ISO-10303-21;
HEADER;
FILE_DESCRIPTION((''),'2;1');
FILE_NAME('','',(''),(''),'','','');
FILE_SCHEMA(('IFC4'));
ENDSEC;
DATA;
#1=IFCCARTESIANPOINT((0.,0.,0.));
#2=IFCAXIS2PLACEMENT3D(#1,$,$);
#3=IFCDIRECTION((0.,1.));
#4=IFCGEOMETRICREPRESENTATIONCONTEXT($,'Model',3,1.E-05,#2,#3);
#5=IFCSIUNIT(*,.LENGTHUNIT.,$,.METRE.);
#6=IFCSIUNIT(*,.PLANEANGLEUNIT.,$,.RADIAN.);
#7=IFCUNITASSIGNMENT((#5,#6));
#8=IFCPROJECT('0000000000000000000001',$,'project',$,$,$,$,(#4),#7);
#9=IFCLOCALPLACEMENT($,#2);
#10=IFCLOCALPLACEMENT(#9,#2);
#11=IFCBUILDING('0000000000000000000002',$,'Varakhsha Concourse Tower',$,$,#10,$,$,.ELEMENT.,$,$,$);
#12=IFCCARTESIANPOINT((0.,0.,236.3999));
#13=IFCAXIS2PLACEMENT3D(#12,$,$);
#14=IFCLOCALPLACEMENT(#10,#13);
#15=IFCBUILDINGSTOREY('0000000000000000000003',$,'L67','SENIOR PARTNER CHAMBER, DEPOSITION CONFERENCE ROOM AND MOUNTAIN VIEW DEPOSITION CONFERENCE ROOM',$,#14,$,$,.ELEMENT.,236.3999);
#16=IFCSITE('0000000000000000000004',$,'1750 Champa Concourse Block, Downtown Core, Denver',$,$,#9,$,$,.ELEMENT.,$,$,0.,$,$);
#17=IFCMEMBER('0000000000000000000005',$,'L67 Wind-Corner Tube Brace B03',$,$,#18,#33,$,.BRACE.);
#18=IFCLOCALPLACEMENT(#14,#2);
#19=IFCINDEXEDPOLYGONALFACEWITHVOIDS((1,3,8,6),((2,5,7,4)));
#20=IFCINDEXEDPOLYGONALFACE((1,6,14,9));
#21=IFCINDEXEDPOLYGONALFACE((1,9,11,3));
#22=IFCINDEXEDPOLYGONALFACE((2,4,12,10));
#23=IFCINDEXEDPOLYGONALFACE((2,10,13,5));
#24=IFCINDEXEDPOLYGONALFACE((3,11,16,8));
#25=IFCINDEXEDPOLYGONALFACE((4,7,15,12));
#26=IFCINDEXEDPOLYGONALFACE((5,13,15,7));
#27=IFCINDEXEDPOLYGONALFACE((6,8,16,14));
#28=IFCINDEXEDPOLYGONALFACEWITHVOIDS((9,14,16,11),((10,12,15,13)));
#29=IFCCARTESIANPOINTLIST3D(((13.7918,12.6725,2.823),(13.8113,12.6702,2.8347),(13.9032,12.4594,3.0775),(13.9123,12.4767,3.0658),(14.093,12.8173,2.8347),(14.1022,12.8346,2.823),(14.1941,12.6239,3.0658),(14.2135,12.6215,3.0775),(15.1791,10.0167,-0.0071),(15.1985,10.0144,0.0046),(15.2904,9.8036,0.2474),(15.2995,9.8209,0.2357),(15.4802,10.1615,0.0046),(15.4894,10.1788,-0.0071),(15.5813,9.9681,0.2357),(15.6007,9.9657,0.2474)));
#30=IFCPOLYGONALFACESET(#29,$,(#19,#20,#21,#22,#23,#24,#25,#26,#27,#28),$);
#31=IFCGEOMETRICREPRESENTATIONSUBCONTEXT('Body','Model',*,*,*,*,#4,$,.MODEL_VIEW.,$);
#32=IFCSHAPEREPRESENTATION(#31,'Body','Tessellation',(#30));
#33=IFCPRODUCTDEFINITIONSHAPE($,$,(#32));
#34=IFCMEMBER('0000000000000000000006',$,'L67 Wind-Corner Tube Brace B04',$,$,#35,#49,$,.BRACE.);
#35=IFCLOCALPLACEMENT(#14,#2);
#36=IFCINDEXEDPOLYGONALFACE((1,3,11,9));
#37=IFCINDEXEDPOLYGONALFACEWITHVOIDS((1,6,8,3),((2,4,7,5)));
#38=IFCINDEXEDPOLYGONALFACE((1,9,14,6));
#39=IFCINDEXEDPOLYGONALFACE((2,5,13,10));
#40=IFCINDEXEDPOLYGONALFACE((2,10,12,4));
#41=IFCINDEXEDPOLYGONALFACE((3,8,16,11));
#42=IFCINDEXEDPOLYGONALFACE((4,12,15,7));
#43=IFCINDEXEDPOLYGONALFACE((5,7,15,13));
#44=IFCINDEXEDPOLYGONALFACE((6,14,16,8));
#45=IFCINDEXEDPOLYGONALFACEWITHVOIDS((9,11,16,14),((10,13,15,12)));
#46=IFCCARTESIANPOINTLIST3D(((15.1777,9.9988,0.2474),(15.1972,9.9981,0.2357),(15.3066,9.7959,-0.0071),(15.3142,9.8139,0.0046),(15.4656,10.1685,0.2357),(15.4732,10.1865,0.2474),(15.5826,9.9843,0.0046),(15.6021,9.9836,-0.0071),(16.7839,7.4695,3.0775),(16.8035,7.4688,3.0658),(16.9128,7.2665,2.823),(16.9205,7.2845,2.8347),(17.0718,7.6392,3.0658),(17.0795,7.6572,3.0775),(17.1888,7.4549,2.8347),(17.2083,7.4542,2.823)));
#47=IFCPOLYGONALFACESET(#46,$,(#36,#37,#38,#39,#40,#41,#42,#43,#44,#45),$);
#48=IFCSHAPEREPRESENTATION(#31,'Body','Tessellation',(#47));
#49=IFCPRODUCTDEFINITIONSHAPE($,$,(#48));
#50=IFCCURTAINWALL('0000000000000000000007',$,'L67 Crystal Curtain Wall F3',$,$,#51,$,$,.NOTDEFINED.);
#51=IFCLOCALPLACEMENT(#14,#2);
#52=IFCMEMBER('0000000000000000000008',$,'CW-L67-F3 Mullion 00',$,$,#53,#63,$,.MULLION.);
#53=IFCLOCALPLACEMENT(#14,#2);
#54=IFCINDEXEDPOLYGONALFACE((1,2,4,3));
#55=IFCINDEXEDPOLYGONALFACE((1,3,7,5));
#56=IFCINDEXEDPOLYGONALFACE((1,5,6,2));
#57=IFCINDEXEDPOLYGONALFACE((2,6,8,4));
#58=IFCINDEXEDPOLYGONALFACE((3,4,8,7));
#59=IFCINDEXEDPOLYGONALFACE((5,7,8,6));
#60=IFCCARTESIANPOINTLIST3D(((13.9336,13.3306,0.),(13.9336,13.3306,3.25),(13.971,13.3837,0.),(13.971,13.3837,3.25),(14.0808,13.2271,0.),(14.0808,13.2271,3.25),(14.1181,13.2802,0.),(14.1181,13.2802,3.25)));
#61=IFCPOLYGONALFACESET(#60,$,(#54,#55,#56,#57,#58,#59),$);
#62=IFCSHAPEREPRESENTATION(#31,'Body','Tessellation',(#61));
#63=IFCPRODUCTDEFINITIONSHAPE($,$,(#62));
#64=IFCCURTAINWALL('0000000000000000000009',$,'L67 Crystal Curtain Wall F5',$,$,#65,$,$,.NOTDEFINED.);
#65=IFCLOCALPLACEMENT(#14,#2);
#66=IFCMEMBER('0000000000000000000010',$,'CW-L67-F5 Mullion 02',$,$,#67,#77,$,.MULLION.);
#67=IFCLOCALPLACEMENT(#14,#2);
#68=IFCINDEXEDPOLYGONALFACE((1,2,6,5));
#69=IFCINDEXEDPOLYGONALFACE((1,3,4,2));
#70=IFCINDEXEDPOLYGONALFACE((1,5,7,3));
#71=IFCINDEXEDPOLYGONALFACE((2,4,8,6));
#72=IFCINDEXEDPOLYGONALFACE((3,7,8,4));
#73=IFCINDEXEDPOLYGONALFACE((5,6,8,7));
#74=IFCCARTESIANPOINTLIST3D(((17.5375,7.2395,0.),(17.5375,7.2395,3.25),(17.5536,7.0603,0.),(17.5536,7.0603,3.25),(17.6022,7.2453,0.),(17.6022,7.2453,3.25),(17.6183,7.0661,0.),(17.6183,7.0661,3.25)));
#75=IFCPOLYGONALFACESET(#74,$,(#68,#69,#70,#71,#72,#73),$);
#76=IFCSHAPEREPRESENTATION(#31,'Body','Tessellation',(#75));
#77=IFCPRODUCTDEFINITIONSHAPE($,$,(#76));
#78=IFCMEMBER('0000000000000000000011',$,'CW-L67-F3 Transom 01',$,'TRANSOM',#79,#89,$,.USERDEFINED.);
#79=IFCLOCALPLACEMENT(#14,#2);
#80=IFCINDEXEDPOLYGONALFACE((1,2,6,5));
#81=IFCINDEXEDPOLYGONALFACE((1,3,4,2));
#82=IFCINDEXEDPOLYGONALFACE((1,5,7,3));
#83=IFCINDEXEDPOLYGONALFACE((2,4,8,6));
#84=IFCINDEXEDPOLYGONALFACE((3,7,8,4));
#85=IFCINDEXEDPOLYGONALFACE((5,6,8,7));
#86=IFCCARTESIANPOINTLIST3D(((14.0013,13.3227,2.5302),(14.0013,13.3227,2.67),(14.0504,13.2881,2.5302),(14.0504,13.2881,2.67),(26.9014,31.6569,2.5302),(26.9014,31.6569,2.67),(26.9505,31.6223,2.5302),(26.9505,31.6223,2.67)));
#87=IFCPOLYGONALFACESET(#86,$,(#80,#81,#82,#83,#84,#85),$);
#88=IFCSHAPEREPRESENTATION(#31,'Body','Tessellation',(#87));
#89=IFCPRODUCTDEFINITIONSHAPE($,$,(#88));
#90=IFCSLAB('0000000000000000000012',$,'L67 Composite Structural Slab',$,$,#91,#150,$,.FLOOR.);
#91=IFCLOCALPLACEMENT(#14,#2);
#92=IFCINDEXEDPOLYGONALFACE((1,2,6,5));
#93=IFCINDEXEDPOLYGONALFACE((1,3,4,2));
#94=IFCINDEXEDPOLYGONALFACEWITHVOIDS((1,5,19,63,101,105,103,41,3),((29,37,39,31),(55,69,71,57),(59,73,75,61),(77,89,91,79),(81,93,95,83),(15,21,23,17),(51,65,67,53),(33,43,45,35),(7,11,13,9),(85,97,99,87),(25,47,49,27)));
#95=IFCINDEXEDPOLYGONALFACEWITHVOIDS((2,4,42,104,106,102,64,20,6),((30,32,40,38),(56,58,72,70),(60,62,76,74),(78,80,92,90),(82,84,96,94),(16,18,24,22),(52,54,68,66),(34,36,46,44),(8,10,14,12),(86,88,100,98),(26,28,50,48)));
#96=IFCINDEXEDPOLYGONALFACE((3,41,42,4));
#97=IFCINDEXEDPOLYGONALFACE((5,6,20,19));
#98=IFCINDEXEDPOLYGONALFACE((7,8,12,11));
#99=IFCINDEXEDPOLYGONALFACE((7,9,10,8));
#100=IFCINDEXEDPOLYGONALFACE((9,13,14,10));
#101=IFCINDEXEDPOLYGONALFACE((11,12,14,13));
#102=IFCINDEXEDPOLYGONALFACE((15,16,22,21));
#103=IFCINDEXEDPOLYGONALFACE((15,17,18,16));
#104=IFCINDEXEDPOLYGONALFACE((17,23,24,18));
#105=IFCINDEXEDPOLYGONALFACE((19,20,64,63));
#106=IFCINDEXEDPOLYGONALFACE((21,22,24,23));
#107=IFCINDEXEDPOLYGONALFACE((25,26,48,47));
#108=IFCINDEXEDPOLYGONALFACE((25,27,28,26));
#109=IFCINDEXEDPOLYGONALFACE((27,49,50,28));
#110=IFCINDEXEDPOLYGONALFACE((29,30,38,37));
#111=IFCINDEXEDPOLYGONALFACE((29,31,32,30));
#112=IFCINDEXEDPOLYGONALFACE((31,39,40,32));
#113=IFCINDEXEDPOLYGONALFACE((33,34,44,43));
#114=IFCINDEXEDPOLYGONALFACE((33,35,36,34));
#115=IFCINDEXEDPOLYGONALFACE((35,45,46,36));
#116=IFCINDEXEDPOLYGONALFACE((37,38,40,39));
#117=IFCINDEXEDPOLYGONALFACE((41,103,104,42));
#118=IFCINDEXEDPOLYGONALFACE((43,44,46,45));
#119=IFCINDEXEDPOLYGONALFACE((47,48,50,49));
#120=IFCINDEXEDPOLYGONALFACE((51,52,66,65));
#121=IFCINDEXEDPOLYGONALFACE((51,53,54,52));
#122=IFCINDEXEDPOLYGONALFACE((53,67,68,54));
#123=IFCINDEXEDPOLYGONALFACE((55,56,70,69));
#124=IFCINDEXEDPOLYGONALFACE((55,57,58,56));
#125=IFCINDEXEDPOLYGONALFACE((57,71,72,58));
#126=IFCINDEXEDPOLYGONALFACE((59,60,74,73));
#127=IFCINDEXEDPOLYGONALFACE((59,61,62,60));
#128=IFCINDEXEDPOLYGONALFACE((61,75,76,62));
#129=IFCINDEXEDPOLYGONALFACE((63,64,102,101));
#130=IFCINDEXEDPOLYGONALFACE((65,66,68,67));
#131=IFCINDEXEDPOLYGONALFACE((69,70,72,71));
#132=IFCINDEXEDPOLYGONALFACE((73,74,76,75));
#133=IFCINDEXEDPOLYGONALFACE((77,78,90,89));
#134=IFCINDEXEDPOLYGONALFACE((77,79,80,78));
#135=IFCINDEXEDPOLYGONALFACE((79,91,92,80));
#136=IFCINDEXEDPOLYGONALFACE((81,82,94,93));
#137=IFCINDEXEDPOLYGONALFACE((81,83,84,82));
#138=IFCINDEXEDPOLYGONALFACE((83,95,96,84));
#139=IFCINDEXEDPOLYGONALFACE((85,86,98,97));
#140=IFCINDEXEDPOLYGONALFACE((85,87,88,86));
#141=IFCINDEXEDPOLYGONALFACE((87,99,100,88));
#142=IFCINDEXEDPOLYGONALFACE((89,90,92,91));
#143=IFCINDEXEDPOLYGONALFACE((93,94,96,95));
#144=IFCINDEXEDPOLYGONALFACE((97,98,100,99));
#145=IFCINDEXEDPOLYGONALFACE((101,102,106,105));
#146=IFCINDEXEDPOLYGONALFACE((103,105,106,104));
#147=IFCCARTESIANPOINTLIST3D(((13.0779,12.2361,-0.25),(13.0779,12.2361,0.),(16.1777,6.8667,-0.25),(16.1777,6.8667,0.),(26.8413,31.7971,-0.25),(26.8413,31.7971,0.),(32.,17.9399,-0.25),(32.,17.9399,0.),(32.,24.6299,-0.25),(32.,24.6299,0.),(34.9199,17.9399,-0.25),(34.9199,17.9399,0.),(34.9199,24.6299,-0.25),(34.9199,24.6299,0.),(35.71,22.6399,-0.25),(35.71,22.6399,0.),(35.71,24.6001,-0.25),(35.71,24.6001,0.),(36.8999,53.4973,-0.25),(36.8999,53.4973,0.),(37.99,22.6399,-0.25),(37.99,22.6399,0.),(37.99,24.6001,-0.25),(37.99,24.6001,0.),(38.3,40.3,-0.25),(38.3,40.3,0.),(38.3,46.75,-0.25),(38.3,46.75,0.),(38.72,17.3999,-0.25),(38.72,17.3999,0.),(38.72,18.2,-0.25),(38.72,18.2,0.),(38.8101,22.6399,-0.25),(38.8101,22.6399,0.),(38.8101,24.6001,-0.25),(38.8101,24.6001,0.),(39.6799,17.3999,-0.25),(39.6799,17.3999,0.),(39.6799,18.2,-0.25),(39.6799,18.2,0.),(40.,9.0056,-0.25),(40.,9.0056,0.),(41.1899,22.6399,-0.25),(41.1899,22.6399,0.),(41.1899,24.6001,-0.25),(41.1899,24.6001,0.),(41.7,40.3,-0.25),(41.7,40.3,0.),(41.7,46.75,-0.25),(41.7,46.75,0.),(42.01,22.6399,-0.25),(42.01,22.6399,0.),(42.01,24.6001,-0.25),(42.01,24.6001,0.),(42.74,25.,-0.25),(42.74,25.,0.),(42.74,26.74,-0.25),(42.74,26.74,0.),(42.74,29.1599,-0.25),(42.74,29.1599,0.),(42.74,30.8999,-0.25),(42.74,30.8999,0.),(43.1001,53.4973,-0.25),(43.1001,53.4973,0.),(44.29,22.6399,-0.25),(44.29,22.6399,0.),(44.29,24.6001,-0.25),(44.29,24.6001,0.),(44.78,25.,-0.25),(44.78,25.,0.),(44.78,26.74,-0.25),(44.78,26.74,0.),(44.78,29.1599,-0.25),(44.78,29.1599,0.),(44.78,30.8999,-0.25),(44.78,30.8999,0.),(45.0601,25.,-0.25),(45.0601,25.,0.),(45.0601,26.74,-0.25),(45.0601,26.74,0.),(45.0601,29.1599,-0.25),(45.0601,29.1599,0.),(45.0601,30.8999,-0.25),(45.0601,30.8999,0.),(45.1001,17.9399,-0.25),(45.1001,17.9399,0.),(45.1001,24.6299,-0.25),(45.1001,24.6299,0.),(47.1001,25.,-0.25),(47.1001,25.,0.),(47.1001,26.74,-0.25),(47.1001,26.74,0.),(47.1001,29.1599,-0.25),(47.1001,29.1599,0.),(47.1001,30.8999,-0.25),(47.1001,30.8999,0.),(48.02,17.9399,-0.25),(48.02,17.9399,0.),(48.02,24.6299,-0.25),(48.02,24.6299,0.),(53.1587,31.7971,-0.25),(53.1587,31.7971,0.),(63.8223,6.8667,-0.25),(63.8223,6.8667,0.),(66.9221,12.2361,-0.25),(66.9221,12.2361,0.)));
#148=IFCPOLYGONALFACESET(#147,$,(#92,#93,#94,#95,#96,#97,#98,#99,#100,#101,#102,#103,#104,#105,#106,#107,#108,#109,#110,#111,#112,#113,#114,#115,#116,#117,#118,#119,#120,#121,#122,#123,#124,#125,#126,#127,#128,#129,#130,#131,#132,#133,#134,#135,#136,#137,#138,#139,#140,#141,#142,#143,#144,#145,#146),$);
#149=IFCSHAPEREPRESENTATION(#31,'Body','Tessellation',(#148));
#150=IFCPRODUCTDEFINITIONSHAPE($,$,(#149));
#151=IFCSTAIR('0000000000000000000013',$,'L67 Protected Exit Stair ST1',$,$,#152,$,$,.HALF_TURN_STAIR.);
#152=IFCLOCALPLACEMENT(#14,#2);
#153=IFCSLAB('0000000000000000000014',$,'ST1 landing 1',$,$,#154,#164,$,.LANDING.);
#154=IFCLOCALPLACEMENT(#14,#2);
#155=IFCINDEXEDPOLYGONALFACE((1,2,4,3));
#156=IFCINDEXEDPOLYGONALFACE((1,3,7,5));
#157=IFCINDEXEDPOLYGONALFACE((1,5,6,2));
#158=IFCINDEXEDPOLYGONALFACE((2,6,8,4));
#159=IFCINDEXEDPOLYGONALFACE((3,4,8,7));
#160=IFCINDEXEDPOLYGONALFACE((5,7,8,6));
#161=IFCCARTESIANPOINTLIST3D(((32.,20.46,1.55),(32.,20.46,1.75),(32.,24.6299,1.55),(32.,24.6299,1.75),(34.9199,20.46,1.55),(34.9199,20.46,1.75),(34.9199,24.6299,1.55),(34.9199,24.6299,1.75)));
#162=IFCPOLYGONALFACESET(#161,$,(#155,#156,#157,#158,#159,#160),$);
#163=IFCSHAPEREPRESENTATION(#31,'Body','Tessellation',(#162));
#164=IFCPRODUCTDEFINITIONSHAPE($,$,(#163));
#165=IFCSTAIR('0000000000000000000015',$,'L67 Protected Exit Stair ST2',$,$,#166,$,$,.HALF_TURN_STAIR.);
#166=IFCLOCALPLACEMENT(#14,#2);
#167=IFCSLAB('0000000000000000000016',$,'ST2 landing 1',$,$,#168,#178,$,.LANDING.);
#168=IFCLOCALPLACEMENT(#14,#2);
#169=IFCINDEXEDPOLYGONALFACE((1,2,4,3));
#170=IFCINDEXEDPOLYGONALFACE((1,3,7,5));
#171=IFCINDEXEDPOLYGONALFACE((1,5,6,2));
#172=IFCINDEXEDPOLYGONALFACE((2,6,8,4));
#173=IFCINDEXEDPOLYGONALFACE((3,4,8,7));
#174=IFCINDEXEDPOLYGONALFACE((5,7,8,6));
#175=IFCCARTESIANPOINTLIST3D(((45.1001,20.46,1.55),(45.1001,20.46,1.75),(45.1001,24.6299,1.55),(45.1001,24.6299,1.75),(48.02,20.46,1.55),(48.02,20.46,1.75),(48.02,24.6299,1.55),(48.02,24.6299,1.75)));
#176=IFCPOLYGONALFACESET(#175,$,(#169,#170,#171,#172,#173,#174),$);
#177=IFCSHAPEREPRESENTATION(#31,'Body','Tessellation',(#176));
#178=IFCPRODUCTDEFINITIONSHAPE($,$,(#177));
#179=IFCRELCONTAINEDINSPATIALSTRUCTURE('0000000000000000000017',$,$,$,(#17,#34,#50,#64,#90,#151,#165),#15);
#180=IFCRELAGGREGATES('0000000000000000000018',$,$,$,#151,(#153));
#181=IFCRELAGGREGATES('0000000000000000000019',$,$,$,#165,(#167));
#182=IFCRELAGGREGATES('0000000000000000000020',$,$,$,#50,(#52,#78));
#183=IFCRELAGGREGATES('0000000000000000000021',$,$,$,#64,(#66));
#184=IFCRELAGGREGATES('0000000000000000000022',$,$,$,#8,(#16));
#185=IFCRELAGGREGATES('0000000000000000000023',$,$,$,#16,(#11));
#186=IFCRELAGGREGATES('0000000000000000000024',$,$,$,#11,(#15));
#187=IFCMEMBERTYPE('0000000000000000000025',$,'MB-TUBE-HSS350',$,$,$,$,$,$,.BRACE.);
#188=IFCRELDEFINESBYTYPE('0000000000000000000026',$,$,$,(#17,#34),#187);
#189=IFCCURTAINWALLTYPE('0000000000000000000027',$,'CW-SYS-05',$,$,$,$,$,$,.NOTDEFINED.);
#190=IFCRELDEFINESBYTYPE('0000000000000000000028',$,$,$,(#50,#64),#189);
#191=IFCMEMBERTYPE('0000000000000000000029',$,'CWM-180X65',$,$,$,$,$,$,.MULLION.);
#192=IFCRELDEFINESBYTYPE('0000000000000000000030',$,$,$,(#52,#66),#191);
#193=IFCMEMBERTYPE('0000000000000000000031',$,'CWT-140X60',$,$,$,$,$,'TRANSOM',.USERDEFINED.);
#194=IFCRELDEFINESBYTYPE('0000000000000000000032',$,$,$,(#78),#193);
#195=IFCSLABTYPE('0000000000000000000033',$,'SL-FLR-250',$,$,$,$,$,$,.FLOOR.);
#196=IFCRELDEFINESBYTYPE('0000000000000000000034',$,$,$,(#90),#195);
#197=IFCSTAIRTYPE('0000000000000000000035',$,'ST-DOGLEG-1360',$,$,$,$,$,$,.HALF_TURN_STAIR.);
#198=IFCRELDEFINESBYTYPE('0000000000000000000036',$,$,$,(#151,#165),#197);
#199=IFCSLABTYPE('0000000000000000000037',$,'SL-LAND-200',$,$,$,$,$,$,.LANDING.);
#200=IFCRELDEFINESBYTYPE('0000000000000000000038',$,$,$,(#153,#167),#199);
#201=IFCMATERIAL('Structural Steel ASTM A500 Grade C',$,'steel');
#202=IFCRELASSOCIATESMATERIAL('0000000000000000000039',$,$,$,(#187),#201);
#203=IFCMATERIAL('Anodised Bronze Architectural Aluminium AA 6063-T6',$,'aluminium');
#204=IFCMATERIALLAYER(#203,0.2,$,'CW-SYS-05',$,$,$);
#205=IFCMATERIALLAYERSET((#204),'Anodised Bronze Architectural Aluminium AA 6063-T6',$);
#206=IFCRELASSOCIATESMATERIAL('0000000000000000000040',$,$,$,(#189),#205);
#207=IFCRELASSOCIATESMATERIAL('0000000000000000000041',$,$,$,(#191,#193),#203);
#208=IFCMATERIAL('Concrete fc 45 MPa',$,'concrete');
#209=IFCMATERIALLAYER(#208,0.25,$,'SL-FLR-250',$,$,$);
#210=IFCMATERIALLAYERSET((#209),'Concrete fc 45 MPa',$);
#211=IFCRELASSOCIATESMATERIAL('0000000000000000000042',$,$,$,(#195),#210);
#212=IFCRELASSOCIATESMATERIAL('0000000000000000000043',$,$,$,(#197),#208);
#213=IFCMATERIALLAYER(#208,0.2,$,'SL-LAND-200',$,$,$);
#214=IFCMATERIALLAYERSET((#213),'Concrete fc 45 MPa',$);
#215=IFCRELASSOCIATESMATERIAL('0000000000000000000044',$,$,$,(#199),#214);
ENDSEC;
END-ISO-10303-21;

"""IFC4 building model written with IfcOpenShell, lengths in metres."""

from ifc_helpers import new_model, si_unit, direction, frame, origin, origin_2d, place, context, subcontext, project, spatial, polyline, rectangle, hollow_rectangle, outline, extrude, source, transform, mapped, material, layer, layer_set, material_profile, profile_set, type_object, type_shapes, element, aggregate, save


model = new_model("IFC4")

# Units and contexts
model_context = context("Model", 3, precision=1e-05, world=origin(), true_north=direction((0.0, 1.0)))
body_context = subcontext(model_context, "Body", "Model", "MODEL_VIEW")
ifc_project = project(units=[si_unit("LENGTHUNIT", "METRE"), si_unit("PLANEANGLEUNIT", "RADIAN")], contexts=[model_context])

# Site, building, storey
site_placement = place(None, origin())
site = spatial("IfcSite", under=ifc_project, at=site_placement, Name="1750 Champa Concourse Block, Downtown Core, Denver", CompositionType="ELEMENT", RefElevation=0.0)
building_placement = place(site_placement, origin())
building = spatial("IfcBuilding", under=site, at=building_placement, Name="Varakhsha Concourse Tower", CompositionType="ELEMENT")
storey_placement = place(building_placement, frame((0.0, 0.0, 236.3999)))
storey = spatial("IfcBuildingStorey", under=building, at=storey_placement, Name="L67", Description="SENIOR PARTNER CHAMBER, DEPOSITION CONFERENCE ROOM AND MOUNTAIN VIEW DEPOSITION CONFERENCE ROOM", CompositionType="ELEMENT", Elevation=236.3999)

# Members
ifc_material_1 = material(Name="Structural Steel ASTM A500 Grade C", Category="steel")
ifc_material_profile_1 = material_profile(ifc_material_1, hollow_rectangle(XDim=0.3501, YDim=0.3501, WallThickness=0.0161, at=origin_2d()), Name="HSS 350x350x16")
ifc_profile_set_1 = profile_set([ifc_material_profile_1], Name="Structural Steel ASTM A500 Grade C")
member_type_1 = type_object("IfcMemberType", Name="MB-TUBE-HSS350", PredefinedType="BRACE", material=ifc_profile_set_1)
shared_shape_1 = source(origin(), body_context, "Body", "SweptSolid", [
    extrude(hollow_rectangle(XDim=0.3501, YDim=0.3501, WallThickness=0.0161, at=origin_2d()), origin(), (0.0, 0.0, 1.0), 4.1216),
])
type_shapes(member_type_1, [shared_shape_1])
for number, where, z_axis, x_axis, name in (
    (1, (15.3899, 9.9912, 0.1201), (-0.336578, 0.644368, 0.686662), (-0.886367, -0.462984, 0.0), "L67 Wind-Corner Tube Brace B03"),
    (2, (15.3899, 9.9912, 0.1201), (0.389715, -0.613687, 0.686666), (0.844168, 0.536079, 0.0), "L67 Wind-Corner Tube Brace B04"),
):
    element("IfcMember", number, at=place(storey_placement, frame(where, z_axis=z_axis, x_axis=x_axis)), inside=storey, type_object=member_type_1, Name=name, PredefinedType="BRACE", context=body_context, shape_type="MappedRepresentation", body=[
        mapped(shared_shape_1, transform((0.0, 0.0, 0.0), scale=1.0)),
    ])

# Curtain walls, members
ifc_material_2 = material(Name="Anodised Bronze Architectural Aluminium AA 6063-T6", Category="aluminium")
ifc_layer_1 = layer(ifc_material_2, 0.2, Name="CW-SYS-05")
ifc_layer_set_1 = layer_set([ifc_layer_1], Name="Anodised Bronze Architectural Aluminium AA 6063-T6")
curtain_wall_type = type_object("IfcCurtainWallType", Name="CW-SYS-05", PredefinedType="NOTDEFINED", material=ifc_layer_set_1)
curtain_wall_1_placement = place(storey_placement, origin())
curtain_wall_1 = element("IfcCurtainWall", 3, at=curtain_wall_1_placement, inside=storey, type_object=curtain_wall_type, Name="L67 Crystal Curtain Wall F3", PredefinedType="NOTDEFINED")
ifc_material_profile_2 = material_profile(ifc_material_2, rectangle(XDim=0.0649, YDim=0.1799, at=origin_2d()), Name="CWM-180X65")
ifc_profile_set_2 = profile_set([ifc_material_profile_2], Name="Anodised Bronze Architectural Aluminium AA 6063-T6")
member_type_2 = type_object("IfcMemberType", Name="CWM-180X65", PredefinedType="MULLION", material=ifc_profile_set_2)
shared_shape_2 = source(origin(), body_context, "Body", "SweptSolid", [
    extrude(rectangle(XDim=0.0649, YDim=0.1799, at=origin_2d()), origin(), (0.0, 0.0, 1.0), 3.25),
])
type_shapes(member_type_2, [shared_shape_2])
member_1_placement = place(storey_placement, frame((14.0259, 13.3054, 0.0), z_axis=(0.0, 0.0, 1.0), x_axis=(0.575444, 0.817842, 0.0)))
member_1 = element("IfcMember", 4, at=member_1_placement, type_object=member_type_2, Name="CW-L67-F3 Mullion 00", PredefinedType="MULLION", context=body_context, shape_type="MappedRepresentation", body=[
    mapped(shared_shape_2, transform((0.0, 0.0, 0.0), scale=1.0)),
])
curtain_wall_2_placement = place(storey_placement, origin())
curtain_wall_2 = element("IfcCurtainWall", 5, at=curtain_wall_2_placement, inside=storey, type_object=curtain_wall_type, Name="L67 Crystal Curtain Wall F5", PredefinedType="NOTDEFINED")
member_2_placement = place(storey_placement, frame((17.5779, 7.1528, 0.0), z_axis=(0.0, 0.0, 1.0), x_axis=(-0.995993, -0.089433, 0.0)))
member_2 = element("IfcMember", 6, at=member_2_placement, type_object=member_type_2, Name="CW-L67-F5 Mullion 02", PredefinedType="MULLION", context=body_context, shape_type="MappedRepresentation", body=[
    mapped(shared_shape_2, transform((0.0, 0.0, 0.0), scale=1.0)),
])

# Member
ifc_material_profile_3 = material_profile(ifc_material_2, rectangle(XDim=0.0601, YDim=0.1399, at=origin_2d()), Name="CWT-140X60")
ifc_profile_set_3 = profile_set([ifc_material_profile_3], Name="Anodised Bronze Architectural Aluminium AA 6063-T6")
member_type_3 = type_object("IfcMemberType", Name="CWT-140X60", ElementType="TRANSOM", PredefinedType="USERDEFINED", material=ifc_profile_set_3)
shared_shape_3 = source(origin(), body_context, "Body", "SweptSolid", [
    extrude(rectangle(XDim=0.0601, YDim=0.1399, at=origin_2d()), origin(), (0.0, 0.0, 1.0), 22.4177),
])
type_shapes(member_type_3, [shared_shape_3])
member_3_placement = place(storey_placement, frame((14.0259, 13.3054, 2.6001), z_axis=(0.575442, 0.817842, 0.0), x_axis=(-0.817842, 0.575442, 0.0)))
member_3 = element("IfcMember", 7, at=member_3_placement, type_object=member_type_3, Name="CW-L67-F3 Transom 01", ObjectType="TRANSOM", PredefinedType="USERDEFINED", context=body_context, shape_type="MappedRepresentation", body=[
    mapped(shared_shape_3, transform((0.0, 0.0, 0.0), scale=1.0)),
])

# Slab
ifc_material_3 = material(Name="Concrete fc 45 MPa", Category="concrete")
ifc_layer_2 = layer(ifc_material_3, 0.25, Name="SL-FLR-250")
ifc_layer_set_2 = layer_set([ifc_layer_2], Name="Concrete fc 45 MPa")
slab_type_1 = type_object("IfcSlabType", Name="SL-FLR-250", PredefinedType="FLOOR", material=ifc_layer_set_2)
slab_1_placement = place(storey_placement, frame((0.0, 0.0, -0.25)))
element("IfcSlab", 8, at=slab_1_placement, inside=storey, type_object=slab_type_1, Name="L67 Composite Structural Slab", PredefinedType="FLOOR", context=body_context, shape_type="SweptSolid", body=[
    extrude(outline(polyline([(43.1001, 53.4973), (36.8999, 53.4973), (26.8413, 31.7971), (13.0779, 12.2361), (16.1777, 6.8667), (40.0, 9.0056), (63.8223, 6.8667), (66.9221, 12.2361), (53.1587, 31.7971), (43.1001, 53.4973)]), holes=[polyline([(34.9199, 17.9399), (34.9199, 24.6299), (32.0, 24.6299), (32.0, 17.9399), (34.9199, 17.9399)]), polyline([(48.02, 17.9399), (48.02, 24.6299), (45.1001, 24.6299), (45.1001, 17.9399), (48.02, 17.9399)]), polyline([(41.7, 40.3), (41.7, 46.75), (38.3, 46.75), (38.3, 40.3), (41.7, 40.3)]), polyline([(42.74, 29.1599), (44.78, 29.1599), (44.78, 30.8999), (42.74, 30.8999), (42.74, 29.1599)]), polyline([(45.0601, 29.1599), (47.1001, 29.1599), (47.1001, 30.8999), (45.0601, 30.8999), (45.0601, 29.1599)]), polyline([(42.74, 25.0), (44.78, 25.0), (44.78, 26.74), (42.74, 26.74), (42.74, 25.0)]), polyline([(45.0601, 25.0), (47.1001, 25.0), (47.1001, 26.74), (45.0601, 26.74), (45.0601, 25.0)]), polyline([(35.71, 22.6399), (37.99, 22.6399), (37.99, 24.6001), (35.71, 24.6001), (35.71, 22.6399)]), polyline([(42.01, 22.6399), (44.29, 22.6399), (44.29, 24.6001), (42.01, 24.6001), (42.01, 22.6399)]), polyline([(38.8101, 22.6399), (41.1899, 22.6399), (41.1899, 24.6001), (38.8101, 24.6001), (38.8101, 22.6399)]), polyline([(38.72, 17.3999), (39.6799, 17.3999), (39.6799, 18.2), (38.72, 18.2), (38.72, 17.3999)])]), origin(), (0.0, 0.0, 1.0), 0.25),
])

# Stairs, slabs
stair_type_1 = type_object("IfcStairType", Name="ST-DOGLEG-1360", PredefinedType="HALF_TURN_STAIR", material=ifc_material_3)
stair_1_placement = place(storey_placement, origin())
stair_1 = element("IfcStair", 9, at=stair_1_placement, inside=storey, type_object=stair_type_1, Name="L67 Protected Exit Stair ST1", PredefinedType="HALF_TURN_STAIR")
ifc_layer_3 = layer(ifc_material_3, 0.2, Name="SL-LAND-200")
ifc_layer_set_3 = layer_set([ifc_layer_3], Name="Concrete fc 45 MPa")
slab_type_2 = type_object("IfcSlabType", Name="SL-LAND-200", PredefinedType="LANDING", material=ifc_layer_set_3)
slab_2_placement = place(storey_placement, frame((0.0, 0.0, 1.55)))
slab_2 = element("IfcSlab", 10, at=slab_2_placement, type_object=slab_type_2, Name="ST1 landing 1", PredefinedType="LANDING", context=body_context, shape_type="SweptSolid", body=[
    extrude(outline(polyline([(34.9199, 20.46), (34.9199, 24.6299), (32.0, 24.6299), (32.0, 20.46), (34.9199, 20.46)])), origin(), (0.0, 0.0, 1.0), 0.2),
])
aggregate(stair_1, [slab_2])
stair_2_placement = place(storey_placement, origin())
stair_2 = element("IfcStair", 11, at=stair_2_placement, inside=storey, type_object=stair_type_1, Name="L67 Protected Exit Stair ST2", PredefinedType="HALF_TURN_STAIR")
slab_3_placement = place(storey_placement, frame((0.0, 0.0, 1.55)))
slab_3 = element("IfcSlab", 12, at=slab_3_placement, type_object=slab_type_2, Name="ST2 landing 1", PredefinedType="LANDING", context=body_context, shape_type="SweptSolid", body=[
    extrude(outline(polyline([(48.02, 20.46), (48.02, 24.6299), (45.1001, 24.6299), (45.1001, 20.46), (48.02, 20.46)])), origin(), (0.0, 0.0, 1.0), 0.2),
])
aggregate(stair_2, [slab_3])

aggregate(curtain_wall_1, [member_1, member_3])
aggregate(curtain_wall_2, [member_2])

save(model, "model.ifc")
